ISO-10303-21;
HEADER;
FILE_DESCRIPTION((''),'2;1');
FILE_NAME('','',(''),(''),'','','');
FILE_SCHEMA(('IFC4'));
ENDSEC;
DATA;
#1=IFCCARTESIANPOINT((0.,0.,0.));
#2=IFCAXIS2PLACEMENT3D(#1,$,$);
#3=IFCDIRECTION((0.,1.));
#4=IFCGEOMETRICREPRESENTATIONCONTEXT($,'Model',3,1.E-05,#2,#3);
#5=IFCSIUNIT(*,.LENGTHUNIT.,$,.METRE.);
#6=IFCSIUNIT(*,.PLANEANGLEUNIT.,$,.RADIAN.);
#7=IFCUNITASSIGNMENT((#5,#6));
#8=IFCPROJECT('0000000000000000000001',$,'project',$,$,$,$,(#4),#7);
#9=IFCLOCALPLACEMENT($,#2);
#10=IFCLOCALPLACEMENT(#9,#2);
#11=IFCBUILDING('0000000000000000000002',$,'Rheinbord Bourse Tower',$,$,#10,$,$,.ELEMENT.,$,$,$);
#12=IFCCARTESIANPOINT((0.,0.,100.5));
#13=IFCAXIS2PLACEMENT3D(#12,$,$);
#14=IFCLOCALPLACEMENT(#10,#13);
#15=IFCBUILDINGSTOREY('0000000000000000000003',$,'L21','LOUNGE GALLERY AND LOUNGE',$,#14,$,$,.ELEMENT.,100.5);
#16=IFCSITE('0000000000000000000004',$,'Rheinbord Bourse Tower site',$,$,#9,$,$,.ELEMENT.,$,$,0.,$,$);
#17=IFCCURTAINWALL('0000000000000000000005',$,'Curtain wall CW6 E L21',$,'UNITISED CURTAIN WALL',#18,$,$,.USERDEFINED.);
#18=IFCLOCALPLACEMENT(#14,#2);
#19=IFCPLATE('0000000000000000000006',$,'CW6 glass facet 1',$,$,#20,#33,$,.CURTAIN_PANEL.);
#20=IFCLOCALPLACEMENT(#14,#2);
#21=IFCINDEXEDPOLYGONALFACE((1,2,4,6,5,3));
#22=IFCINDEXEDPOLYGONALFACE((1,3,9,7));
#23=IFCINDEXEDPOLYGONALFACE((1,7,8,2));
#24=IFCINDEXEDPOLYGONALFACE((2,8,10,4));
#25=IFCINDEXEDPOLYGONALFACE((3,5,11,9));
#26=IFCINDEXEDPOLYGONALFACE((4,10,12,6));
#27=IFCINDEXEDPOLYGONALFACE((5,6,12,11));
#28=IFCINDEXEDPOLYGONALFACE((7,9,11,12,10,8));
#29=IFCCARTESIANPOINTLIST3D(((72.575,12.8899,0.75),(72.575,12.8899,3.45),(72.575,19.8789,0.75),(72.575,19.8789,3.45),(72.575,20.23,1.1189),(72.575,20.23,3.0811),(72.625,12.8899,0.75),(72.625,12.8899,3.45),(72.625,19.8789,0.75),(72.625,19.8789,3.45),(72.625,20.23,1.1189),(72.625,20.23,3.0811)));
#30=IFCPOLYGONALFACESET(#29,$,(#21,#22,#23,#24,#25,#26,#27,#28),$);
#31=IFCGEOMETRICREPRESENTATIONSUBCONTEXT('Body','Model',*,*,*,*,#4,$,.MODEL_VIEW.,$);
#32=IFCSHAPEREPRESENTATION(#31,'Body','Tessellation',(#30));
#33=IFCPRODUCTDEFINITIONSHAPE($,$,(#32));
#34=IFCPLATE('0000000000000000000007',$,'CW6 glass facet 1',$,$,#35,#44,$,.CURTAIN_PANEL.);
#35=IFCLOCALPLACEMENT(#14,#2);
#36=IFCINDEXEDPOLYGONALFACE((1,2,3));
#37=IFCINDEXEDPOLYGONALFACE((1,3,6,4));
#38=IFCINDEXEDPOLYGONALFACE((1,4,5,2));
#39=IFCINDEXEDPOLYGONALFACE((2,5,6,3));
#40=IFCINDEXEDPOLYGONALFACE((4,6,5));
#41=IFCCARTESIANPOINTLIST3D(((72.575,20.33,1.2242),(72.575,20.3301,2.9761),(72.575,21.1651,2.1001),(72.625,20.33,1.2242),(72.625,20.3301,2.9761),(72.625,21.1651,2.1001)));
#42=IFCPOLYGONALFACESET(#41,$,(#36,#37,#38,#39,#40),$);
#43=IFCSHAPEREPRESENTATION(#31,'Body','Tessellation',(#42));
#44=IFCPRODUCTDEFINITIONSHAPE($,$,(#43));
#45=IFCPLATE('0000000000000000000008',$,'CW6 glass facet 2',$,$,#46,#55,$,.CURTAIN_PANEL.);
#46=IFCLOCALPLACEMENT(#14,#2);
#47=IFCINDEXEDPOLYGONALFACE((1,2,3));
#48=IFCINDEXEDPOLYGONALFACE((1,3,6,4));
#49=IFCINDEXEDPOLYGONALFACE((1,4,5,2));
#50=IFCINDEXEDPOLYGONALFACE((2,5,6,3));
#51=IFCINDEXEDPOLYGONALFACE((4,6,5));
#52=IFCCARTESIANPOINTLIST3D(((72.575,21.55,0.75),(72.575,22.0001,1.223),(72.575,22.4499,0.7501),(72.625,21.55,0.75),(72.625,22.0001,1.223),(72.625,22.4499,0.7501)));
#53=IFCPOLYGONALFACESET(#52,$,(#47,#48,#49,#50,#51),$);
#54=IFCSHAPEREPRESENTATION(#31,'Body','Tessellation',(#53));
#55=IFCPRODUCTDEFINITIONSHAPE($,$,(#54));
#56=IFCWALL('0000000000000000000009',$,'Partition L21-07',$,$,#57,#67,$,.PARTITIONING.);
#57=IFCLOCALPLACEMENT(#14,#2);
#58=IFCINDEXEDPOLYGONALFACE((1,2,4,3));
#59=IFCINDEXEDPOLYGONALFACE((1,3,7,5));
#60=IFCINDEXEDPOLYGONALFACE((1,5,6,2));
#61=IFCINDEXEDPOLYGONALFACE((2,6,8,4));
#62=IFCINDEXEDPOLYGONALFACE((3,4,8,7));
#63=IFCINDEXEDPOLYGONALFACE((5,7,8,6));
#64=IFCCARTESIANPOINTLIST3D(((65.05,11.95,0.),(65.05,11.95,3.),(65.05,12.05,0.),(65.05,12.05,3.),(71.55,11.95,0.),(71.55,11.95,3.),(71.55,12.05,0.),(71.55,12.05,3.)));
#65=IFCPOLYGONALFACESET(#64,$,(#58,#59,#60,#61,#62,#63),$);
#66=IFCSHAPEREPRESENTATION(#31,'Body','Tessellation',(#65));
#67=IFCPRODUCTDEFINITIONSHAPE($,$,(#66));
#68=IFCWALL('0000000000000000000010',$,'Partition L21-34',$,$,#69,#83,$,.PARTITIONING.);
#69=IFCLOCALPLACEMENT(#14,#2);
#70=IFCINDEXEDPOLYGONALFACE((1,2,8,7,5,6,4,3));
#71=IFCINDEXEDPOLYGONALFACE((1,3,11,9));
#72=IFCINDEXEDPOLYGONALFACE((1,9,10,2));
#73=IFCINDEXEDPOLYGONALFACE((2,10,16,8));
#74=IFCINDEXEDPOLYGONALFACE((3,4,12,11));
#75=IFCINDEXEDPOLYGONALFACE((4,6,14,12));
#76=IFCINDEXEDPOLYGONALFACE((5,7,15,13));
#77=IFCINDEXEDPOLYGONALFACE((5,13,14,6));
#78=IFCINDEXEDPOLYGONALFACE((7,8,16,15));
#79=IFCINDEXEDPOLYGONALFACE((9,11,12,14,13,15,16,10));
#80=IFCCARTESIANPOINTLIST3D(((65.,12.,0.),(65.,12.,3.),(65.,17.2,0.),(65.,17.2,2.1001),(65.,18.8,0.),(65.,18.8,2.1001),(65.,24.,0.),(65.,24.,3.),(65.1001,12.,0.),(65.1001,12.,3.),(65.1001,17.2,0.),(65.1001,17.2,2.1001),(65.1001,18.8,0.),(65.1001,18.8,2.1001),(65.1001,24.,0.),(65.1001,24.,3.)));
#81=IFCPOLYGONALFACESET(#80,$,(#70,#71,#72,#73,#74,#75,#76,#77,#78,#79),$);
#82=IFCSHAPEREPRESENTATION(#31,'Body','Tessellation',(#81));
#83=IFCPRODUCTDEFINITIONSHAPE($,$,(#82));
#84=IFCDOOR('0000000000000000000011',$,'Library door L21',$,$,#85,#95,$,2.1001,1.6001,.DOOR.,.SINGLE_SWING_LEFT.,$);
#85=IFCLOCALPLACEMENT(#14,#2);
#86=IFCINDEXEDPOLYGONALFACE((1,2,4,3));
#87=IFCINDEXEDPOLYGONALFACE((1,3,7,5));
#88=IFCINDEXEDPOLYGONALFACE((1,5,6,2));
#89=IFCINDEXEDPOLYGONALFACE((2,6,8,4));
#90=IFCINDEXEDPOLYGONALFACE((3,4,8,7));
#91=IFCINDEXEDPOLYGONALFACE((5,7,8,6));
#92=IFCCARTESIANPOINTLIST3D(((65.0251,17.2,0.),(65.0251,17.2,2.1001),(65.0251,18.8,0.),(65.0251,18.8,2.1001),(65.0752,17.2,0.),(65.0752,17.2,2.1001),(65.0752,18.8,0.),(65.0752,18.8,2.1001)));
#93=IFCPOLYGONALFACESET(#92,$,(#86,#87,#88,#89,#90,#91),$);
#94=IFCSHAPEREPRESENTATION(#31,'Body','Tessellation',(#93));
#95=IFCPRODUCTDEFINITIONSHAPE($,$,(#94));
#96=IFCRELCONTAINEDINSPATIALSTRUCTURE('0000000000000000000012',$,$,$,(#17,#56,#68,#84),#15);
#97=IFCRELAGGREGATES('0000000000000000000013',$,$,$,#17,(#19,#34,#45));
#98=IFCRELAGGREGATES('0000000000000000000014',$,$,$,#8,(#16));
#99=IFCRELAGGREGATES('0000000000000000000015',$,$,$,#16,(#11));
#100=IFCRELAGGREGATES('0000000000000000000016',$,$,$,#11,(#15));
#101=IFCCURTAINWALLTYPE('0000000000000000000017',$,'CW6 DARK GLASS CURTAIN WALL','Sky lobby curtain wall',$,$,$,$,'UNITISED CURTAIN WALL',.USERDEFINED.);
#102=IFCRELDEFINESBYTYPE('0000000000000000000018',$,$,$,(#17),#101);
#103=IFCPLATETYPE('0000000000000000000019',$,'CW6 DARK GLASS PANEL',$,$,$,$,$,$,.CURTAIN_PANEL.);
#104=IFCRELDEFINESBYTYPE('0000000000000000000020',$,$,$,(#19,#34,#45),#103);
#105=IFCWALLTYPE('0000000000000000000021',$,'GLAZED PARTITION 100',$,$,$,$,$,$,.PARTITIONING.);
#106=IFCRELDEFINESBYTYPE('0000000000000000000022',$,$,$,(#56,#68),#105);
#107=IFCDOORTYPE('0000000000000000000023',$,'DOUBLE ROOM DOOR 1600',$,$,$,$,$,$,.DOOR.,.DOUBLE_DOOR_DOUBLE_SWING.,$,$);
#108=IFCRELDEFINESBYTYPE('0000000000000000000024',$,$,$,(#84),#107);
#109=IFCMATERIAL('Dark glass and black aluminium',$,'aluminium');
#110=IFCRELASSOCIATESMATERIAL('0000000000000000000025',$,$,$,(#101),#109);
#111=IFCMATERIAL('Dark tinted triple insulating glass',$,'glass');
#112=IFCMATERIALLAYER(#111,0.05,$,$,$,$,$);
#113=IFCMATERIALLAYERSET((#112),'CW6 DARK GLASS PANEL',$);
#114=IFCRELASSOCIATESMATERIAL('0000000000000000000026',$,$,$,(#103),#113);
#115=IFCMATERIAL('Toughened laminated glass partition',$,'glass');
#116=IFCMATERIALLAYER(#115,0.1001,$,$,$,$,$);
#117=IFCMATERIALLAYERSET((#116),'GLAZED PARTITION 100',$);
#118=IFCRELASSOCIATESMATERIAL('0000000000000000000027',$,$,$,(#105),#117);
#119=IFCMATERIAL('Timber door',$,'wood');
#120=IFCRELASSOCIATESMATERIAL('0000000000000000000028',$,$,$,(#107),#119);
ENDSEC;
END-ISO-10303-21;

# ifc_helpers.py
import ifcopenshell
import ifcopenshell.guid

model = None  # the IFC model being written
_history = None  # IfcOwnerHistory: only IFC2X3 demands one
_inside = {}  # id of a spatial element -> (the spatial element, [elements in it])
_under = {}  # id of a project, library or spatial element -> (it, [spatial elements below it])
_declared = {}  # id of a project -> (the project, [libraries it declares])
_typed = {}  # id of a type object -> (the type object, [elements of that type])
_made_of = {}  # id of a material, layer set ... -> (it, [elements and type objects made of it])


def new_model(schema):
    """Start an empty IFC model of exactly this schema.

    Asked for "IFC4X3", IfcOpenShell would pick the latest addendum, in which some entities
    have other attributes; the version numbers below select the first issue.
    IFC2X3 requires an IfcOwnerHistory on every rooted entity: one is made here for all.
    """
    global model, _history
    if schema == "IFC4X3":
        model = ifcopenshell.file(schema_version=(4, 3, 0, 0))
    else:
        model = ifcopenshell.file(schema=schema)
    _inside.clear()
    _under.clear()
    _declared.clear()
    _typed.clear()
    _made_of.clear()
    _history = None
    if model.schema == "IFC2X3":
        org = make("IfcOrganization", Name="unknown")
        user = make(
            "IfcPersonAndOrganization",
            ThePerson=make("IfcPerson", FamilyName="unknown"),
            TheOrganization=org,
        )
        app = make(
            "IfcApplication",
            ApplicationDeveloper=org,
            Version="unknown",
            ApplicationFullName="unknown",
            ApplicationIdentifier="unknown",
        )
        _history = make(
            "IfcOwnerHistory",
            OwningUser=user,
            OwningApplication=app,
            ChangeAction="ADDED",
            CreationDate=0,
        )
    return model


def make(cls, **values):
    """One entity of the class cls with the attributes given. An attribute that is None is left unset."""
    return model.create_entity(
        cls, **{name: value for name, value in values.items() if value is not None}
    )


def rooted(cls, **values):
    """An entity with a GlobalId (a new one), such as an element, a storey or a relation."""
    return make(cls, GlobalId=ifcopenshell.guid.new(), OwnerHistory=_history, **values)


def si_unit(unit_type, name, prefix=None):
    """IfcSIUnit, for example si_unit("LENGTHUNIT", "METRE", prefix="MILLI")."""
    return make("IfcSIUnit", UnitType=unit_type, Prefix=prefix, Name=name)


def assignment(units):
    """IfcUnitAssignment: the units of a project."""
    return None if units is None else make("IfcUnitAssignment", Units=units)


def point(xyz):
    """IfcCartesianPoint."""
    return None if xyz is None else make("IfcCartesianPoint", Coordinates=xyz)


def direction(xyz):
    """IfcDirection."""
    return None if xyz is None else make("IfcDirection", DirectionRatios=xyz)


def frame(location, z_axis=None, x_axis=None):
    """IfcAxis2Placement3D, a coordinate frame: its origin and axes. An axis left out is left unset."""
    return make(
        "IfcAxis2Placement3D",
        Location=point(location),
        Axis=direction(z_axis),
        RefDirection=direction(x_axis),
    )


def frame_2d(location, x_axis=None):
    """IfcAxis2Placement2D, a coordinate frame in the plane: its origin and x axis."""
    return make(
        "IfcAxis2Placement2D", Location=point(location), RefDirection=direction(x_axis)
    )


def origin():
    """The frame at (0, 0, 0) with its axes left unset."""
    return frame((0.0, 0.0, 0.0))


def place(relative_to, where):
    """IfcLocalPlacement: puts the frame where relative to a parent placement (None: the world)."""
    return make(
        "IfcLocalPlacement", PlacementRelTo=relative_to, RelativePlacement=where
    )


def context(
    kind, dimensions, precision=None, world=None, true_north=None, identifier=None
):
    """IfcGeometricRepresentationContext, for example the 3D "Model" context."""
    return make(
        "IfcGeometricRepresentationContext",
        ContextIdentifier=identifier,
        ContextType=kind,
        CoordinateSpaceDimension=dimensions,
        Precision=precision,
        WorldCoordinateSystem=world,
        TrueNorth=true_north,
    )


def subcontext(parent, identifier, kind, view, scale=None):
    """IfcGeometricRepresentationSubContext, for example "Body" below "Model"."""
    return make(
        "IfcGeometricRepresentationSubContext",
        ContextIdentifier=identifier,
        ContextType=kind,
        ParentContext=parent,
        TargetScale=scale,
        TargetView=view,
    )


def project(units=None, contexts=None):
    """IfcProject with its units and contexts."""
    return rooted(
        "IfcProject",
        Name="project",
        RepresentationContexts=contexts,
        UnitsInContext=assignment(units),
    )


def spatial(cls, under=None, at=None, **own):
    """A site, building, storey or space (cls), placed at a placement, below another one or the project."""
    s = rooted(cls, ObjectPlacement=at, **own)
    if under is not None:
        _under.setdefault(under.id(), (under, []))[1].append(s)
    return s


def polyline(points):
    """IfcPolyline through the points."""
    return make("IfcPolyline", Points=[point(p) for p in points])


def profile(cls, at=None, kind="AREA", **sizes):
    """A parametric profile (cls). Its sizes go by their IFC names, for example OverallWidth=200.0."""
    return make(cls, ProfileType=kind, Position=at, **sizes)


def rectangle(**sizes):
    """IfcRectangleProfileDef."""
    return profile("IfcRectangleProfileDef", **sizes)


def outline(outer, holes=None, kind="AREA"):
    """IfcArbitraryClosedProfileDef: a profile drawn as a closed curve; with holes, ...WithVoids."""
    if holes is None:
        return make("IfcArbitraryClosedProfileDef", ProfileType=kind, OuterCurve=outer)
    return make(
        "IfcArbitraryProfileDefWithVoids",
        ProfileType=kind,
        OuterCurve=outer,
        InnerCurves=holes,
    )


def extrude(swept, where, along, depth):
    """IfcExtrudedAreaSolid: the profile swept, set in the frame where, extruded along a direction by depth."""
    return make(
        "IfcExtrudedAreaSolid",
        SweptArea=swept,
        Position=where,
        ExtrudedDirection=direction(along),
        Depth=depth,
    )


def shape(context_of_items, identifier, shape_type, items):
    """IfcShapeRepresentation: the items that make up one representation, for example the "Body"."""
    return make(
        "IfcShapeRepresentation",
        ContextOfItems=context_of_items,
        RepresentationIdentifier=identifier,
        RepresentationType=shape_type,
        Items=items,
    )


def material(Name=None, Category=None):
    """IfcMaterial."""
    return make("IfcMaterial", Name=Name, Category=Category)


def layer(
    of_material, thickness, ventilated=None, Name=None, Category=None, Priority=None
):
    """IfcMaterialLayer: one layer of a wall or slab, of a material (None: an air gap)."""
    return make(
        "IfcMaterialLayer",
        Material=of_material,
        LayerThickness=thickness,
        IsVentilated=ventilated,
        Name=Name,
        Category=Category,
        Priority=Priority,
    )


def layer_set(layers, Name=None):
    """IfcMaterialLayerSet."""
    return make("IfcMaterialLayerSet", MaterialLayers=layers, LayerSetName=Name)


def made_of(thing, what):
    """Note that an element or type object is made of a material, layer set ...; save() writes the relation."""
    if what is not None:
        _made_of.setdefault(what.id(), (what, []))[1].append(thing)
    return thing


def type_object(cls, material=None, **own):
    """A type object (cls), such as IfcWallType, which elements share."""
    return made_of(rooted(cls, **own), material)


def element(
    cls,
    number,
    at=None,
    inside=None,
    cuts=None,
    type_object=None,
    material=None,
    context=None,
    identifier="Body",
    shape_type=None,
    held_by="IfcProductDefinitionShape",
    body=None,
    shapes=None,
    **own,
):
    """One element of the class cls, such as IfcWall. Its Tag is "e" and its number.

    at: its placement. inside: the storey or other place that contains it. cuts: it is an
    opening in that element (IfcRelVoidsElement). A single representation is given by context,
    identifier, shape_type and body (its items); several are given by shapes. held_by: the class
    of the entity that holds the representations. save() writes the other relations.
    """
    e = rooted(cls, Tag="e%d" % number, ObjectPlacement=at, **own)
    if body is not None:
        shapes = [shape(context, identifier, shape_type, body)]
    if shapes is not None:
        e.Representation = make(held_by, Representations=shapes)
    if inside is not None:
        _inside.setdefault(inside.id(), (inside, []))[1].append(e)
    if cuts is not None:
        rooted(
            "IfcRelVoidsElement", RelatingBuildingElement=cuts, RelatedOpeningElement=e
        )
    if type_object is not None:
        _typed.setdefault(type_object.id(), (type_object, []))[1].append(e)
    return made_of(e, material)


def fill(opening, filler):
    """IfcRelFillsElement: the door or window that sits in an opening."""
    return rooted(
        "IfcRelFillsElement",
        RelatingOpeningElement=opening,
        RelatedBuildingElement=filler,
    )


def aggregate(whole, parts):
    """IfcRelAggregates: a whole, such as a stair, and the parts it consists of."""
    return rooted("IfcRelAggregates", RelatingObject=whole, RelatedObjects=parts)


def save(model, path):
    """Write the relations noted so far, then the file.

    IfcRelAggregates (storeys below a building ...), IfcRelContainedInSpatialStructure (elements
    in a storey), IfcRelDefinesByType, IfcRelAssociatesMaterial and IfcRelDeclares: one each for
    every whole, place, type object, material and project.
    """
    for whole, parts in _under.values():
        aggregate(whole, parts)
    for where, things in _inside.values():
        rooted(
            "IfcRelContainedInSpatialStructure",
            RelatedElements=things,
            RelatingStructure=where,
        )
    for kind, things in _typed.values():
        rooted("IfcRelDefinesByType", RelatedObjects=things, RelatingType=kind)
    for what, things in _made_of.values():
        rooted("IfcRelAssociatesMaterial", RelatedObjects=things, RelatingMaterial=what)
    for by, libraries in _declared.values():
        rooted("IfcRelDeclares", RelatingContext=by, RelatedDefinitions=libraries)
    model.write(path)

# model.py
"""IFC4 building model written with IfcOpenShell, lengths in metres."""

from ifc_helpers import new_model, si_unit, direction, frame, frame_2d, origin, place, context, subcontext, project, spatial, polyline, rectangle, outline, extrude, material, layer, layer_set, type_object, element, fill, aggregate, save


model = new_model("IFC4")

# Units and contexts
model_context = context("Model", 3, precision=1e-05, world=origin(), true_north=direction((0.0, 1.0)))
body_context = subcontext(model_context, "Body", "Model", "MODEL_VIEW")
ifc_project = project(units=[si_unit("LENGTHUNIT", "METRE"), si_unit("PLANEANGLEUNIT", "RADIAN")], contexts=[model_context])

# Site, building, storey
site_placement = place(None, origin())
site = spatial("IfcSite", under=ifc_project, at=site_placement, Name="Rheinbord Bourse Tower site", CompositionType="ELEMENT", RefElevation=0.0)
building_placement = place(site_placement, origin())
building = spatial("IfcBuilding", under=site, at=building_placement, Name="Rheinbord Bourse Tower", CompositionType="ELEMENT")
storey_placement = place(building_placement, frame((0.0, 0.0, 100.5)))
storey = spatial("IfcBuildingStorey", under=building, at=storey_placement, Name="L21", Description="LOUNGE GALLERY AND LOUNGE", CompositionType="ELEMENT", Elevation=100.5)

# Curtain wall
ifc_material_1 = material(Name="Dark glass and black aluminium", Category="aluminium")
curtain_wall_type = type_object("IfcCurtainWallType", Name="CW6 DARK GLASS CURTAIN WALL", Description="Sky lobby curtain wall", ElementType="UNITISED CURTAIN WALL", PredefinedType="USERDEFINED", material=ifc_material_1)
curtain_wall_placement = place(storey_placement, origin())
curtain_wall = element("IfcCurtainWall", 1, at=curtain_wall_placement, inside=storey, type_object=curtain_wall_type, Name="Curtain wall CW6 E L21", ObjectType="UNITISED CURTAIN WALL", PredefinedType="USERDEFINED")

# Plates
ifc_material_2 = material(Name="Dark tinted triple insulating glass", Category="glass")
ifc_layer_1 = layer(ifc_material_2, 0.05)
ifc_layer_set_1 = layer_set([ifc_layer_1], Name="CW6 DARK GLASS PANEL")
plate_type = type_object("IfcPlateType", Name="CW6 DARK GLASS PANEL", PredefinedType="CURTAIN_PANEL", material=ifc_layer_set_1)
plate_1_placement = place(storey_placement, frame((72.625, 12.8899, 0.75), z_axis=(-1.0, 0.0, 0.0), x_axis=(0.0, 0.0, 1.0)))
plate_1 = element("IfcPlate", 2, at=plate_1_placement, type_object=plate_type, Name="CW6 glass facet 1", PredefinedType="CURTAIN_PANEL", context=body_context, shape_type="SweptSolid", body=[
    extrude(outline(polyline([(0.0, 0.0), (2.7, 0.0), (2.7, 6.989), (2.3311, 7.3401), (0.3689, 7.3401), (0.0, 6.989), (0.0, 0.0)])), origin(), (0.0, 0.0, 1.0), 0.05),
])
plate_2_placement = place(storey_placement, frame((72.625, 20.3301, 2.9761), z_axis=(-1.0, 0.0, 0.0), x_axis=(0.0, 0.689957, -0.72385)))
plate_2 = element("IfcPlate", 3, at=plate_2_placement, type_object=plate_type, Name="CW6 glass facet 1", PredefinedType="CURTAIN_PANEL", context=body_context, shape_type="SweptSolid", body=[
    extrude(outline(polyline([(0.0, 0.0), (1.2102, 0.0), (1.2681, 1.2087), (0.0, 0.0)])), origin(), (0.0, 0.0, 1.0), 0.05),
])
plate_3_placement = place(storey_placement, frame((72.625, 21.55, 0.75), z_axis=(-1.0, 0.0, 0.0), x_axis=(0.0, 0.68931, 0.724467)))
plate_3 = element("IfcPlate", 4, at=plate_3_placement, type_object=plate_type, Name="CW6 glass facet 2", PredefinedType="CURTAIN_PANEL", context=body_context, shape_type="SweptSolid", body=[
    extrude(outline(polyline([(0.0, 0.0), (0.6528, 0.0), (0.6204, 0.6519), (0.0, 0.0)])), origin(), (0.0, 0.0, 1.0), 0.05),
])
aggregate(curtain_wall, [plate_1, plate_2, plate_3])

# Wall
ifc_material_3 = material(Name="Toughened laminated glass partition", Category="glass")
ifc_layer_2 = layer(ifc_material_3, 0.1001)
ifc_layer_set_2 = layer_set([ifc_layer_2], Name="GLAZED PARTITION 100")
wall_type = type_object("IfcWallType", Name="GLAZED PARTITION 100", PredefinedType="PARTITIONING", material=ifc_layer_set_2)
wall_1_placement = place(storey_placement, frame((65.05, 12.0, 0.0), z_axis=(0.0, 0.0, 1.0), x_axis=(1.0, 0.0, 0.0)))
element("IfcWall", 5, at=wall_1_placement, inside=storey, type_object=wall_type, Name="Partition L21-07", PredefinedType="PARTITIONING", context=body_context, shape_type="SweptSolid", body=[
    extrude(rectangle(XDim=6.5, YDim=0.1001, at=frame_2d((3.25, 0.0))), origin(), (0.0, 0.0, 1.0), 3.0),
])

# Wall, opening, door
wall_2_placement = place(storey_placement, frame((65.05, 12.0, 0.0), z_axis=(0.0, 0.0, 1.0), x_axis=(0.0, 1.0, 0.0)))
wall_2 = element("IfcWall", 6, at=wall_2_placement, inside=storey, type_object=wall_type, Name="Partition L21-34", PredefinedType="PARTITIONING", context=body_context, shape_type="SweptSolid", body=[
    extrude(rectangle(XDim=12.0, YDim=0.1001, at=frame_2d((6.0, 0.0))), origin(), (0.0, 0.0, 1.0), 3.0),
])
opening_placement = place(wall_2_placement, frame((5.2, 0.0, 0.0)))
opening = element("IfcOpeningElement", 7, at=opening_placement, cuts=wall_2, PredefinedType="OPENING", context=body_context, shape_type="SweptSolid", body=[
    extrude(rectangle(XDim=1.6001, YDim=2.1001, at=frame_2d((0.8, 1.05))), frame((0.0, 0.0601, 0.0), z_axis=(0.0, -1.0, 0.0), x_axis=(1.0, 0.0, 0.0)), (0.0, 0.0, 1.0), 0.1201),
])
ifc_material_4 = material(Name="Timber door", Category="wood")
door_type = type_object("IfcDoorType", Name="DOUBLE ROOM DOOR 1600", OperationType="DOUBLE_DOOR_DOUBLE_SWING", PredefinedType="DOOR", material=ifc_material_4)
door_placement = place(opening_placement, origin())
door = element("IfcDoor", 8, at=door_placement, inside=storey, type_object=door_type, Name="Library door L21", OperationType="SINGLE_SWING_LEFT", OverallHeight=2.1001, OverallWidth=1.6001, PredefinedType="DOOR", context=body_context, shape_type="SweptSolid", body=[
    extrude(rectangle(XDim=1.6001, YDim=2.1001, at=frame_2d((0.8, 1.05))), frame((0.0, 0.0249, 0.0), z_axis=(0.0, -1.0, 0.0), x_axis=(1.0, 0.0, 0.0)), (0.0, 0.0, 1.0), 0.05),
])
fill(opening, door)

save(model, "model.ifc")
